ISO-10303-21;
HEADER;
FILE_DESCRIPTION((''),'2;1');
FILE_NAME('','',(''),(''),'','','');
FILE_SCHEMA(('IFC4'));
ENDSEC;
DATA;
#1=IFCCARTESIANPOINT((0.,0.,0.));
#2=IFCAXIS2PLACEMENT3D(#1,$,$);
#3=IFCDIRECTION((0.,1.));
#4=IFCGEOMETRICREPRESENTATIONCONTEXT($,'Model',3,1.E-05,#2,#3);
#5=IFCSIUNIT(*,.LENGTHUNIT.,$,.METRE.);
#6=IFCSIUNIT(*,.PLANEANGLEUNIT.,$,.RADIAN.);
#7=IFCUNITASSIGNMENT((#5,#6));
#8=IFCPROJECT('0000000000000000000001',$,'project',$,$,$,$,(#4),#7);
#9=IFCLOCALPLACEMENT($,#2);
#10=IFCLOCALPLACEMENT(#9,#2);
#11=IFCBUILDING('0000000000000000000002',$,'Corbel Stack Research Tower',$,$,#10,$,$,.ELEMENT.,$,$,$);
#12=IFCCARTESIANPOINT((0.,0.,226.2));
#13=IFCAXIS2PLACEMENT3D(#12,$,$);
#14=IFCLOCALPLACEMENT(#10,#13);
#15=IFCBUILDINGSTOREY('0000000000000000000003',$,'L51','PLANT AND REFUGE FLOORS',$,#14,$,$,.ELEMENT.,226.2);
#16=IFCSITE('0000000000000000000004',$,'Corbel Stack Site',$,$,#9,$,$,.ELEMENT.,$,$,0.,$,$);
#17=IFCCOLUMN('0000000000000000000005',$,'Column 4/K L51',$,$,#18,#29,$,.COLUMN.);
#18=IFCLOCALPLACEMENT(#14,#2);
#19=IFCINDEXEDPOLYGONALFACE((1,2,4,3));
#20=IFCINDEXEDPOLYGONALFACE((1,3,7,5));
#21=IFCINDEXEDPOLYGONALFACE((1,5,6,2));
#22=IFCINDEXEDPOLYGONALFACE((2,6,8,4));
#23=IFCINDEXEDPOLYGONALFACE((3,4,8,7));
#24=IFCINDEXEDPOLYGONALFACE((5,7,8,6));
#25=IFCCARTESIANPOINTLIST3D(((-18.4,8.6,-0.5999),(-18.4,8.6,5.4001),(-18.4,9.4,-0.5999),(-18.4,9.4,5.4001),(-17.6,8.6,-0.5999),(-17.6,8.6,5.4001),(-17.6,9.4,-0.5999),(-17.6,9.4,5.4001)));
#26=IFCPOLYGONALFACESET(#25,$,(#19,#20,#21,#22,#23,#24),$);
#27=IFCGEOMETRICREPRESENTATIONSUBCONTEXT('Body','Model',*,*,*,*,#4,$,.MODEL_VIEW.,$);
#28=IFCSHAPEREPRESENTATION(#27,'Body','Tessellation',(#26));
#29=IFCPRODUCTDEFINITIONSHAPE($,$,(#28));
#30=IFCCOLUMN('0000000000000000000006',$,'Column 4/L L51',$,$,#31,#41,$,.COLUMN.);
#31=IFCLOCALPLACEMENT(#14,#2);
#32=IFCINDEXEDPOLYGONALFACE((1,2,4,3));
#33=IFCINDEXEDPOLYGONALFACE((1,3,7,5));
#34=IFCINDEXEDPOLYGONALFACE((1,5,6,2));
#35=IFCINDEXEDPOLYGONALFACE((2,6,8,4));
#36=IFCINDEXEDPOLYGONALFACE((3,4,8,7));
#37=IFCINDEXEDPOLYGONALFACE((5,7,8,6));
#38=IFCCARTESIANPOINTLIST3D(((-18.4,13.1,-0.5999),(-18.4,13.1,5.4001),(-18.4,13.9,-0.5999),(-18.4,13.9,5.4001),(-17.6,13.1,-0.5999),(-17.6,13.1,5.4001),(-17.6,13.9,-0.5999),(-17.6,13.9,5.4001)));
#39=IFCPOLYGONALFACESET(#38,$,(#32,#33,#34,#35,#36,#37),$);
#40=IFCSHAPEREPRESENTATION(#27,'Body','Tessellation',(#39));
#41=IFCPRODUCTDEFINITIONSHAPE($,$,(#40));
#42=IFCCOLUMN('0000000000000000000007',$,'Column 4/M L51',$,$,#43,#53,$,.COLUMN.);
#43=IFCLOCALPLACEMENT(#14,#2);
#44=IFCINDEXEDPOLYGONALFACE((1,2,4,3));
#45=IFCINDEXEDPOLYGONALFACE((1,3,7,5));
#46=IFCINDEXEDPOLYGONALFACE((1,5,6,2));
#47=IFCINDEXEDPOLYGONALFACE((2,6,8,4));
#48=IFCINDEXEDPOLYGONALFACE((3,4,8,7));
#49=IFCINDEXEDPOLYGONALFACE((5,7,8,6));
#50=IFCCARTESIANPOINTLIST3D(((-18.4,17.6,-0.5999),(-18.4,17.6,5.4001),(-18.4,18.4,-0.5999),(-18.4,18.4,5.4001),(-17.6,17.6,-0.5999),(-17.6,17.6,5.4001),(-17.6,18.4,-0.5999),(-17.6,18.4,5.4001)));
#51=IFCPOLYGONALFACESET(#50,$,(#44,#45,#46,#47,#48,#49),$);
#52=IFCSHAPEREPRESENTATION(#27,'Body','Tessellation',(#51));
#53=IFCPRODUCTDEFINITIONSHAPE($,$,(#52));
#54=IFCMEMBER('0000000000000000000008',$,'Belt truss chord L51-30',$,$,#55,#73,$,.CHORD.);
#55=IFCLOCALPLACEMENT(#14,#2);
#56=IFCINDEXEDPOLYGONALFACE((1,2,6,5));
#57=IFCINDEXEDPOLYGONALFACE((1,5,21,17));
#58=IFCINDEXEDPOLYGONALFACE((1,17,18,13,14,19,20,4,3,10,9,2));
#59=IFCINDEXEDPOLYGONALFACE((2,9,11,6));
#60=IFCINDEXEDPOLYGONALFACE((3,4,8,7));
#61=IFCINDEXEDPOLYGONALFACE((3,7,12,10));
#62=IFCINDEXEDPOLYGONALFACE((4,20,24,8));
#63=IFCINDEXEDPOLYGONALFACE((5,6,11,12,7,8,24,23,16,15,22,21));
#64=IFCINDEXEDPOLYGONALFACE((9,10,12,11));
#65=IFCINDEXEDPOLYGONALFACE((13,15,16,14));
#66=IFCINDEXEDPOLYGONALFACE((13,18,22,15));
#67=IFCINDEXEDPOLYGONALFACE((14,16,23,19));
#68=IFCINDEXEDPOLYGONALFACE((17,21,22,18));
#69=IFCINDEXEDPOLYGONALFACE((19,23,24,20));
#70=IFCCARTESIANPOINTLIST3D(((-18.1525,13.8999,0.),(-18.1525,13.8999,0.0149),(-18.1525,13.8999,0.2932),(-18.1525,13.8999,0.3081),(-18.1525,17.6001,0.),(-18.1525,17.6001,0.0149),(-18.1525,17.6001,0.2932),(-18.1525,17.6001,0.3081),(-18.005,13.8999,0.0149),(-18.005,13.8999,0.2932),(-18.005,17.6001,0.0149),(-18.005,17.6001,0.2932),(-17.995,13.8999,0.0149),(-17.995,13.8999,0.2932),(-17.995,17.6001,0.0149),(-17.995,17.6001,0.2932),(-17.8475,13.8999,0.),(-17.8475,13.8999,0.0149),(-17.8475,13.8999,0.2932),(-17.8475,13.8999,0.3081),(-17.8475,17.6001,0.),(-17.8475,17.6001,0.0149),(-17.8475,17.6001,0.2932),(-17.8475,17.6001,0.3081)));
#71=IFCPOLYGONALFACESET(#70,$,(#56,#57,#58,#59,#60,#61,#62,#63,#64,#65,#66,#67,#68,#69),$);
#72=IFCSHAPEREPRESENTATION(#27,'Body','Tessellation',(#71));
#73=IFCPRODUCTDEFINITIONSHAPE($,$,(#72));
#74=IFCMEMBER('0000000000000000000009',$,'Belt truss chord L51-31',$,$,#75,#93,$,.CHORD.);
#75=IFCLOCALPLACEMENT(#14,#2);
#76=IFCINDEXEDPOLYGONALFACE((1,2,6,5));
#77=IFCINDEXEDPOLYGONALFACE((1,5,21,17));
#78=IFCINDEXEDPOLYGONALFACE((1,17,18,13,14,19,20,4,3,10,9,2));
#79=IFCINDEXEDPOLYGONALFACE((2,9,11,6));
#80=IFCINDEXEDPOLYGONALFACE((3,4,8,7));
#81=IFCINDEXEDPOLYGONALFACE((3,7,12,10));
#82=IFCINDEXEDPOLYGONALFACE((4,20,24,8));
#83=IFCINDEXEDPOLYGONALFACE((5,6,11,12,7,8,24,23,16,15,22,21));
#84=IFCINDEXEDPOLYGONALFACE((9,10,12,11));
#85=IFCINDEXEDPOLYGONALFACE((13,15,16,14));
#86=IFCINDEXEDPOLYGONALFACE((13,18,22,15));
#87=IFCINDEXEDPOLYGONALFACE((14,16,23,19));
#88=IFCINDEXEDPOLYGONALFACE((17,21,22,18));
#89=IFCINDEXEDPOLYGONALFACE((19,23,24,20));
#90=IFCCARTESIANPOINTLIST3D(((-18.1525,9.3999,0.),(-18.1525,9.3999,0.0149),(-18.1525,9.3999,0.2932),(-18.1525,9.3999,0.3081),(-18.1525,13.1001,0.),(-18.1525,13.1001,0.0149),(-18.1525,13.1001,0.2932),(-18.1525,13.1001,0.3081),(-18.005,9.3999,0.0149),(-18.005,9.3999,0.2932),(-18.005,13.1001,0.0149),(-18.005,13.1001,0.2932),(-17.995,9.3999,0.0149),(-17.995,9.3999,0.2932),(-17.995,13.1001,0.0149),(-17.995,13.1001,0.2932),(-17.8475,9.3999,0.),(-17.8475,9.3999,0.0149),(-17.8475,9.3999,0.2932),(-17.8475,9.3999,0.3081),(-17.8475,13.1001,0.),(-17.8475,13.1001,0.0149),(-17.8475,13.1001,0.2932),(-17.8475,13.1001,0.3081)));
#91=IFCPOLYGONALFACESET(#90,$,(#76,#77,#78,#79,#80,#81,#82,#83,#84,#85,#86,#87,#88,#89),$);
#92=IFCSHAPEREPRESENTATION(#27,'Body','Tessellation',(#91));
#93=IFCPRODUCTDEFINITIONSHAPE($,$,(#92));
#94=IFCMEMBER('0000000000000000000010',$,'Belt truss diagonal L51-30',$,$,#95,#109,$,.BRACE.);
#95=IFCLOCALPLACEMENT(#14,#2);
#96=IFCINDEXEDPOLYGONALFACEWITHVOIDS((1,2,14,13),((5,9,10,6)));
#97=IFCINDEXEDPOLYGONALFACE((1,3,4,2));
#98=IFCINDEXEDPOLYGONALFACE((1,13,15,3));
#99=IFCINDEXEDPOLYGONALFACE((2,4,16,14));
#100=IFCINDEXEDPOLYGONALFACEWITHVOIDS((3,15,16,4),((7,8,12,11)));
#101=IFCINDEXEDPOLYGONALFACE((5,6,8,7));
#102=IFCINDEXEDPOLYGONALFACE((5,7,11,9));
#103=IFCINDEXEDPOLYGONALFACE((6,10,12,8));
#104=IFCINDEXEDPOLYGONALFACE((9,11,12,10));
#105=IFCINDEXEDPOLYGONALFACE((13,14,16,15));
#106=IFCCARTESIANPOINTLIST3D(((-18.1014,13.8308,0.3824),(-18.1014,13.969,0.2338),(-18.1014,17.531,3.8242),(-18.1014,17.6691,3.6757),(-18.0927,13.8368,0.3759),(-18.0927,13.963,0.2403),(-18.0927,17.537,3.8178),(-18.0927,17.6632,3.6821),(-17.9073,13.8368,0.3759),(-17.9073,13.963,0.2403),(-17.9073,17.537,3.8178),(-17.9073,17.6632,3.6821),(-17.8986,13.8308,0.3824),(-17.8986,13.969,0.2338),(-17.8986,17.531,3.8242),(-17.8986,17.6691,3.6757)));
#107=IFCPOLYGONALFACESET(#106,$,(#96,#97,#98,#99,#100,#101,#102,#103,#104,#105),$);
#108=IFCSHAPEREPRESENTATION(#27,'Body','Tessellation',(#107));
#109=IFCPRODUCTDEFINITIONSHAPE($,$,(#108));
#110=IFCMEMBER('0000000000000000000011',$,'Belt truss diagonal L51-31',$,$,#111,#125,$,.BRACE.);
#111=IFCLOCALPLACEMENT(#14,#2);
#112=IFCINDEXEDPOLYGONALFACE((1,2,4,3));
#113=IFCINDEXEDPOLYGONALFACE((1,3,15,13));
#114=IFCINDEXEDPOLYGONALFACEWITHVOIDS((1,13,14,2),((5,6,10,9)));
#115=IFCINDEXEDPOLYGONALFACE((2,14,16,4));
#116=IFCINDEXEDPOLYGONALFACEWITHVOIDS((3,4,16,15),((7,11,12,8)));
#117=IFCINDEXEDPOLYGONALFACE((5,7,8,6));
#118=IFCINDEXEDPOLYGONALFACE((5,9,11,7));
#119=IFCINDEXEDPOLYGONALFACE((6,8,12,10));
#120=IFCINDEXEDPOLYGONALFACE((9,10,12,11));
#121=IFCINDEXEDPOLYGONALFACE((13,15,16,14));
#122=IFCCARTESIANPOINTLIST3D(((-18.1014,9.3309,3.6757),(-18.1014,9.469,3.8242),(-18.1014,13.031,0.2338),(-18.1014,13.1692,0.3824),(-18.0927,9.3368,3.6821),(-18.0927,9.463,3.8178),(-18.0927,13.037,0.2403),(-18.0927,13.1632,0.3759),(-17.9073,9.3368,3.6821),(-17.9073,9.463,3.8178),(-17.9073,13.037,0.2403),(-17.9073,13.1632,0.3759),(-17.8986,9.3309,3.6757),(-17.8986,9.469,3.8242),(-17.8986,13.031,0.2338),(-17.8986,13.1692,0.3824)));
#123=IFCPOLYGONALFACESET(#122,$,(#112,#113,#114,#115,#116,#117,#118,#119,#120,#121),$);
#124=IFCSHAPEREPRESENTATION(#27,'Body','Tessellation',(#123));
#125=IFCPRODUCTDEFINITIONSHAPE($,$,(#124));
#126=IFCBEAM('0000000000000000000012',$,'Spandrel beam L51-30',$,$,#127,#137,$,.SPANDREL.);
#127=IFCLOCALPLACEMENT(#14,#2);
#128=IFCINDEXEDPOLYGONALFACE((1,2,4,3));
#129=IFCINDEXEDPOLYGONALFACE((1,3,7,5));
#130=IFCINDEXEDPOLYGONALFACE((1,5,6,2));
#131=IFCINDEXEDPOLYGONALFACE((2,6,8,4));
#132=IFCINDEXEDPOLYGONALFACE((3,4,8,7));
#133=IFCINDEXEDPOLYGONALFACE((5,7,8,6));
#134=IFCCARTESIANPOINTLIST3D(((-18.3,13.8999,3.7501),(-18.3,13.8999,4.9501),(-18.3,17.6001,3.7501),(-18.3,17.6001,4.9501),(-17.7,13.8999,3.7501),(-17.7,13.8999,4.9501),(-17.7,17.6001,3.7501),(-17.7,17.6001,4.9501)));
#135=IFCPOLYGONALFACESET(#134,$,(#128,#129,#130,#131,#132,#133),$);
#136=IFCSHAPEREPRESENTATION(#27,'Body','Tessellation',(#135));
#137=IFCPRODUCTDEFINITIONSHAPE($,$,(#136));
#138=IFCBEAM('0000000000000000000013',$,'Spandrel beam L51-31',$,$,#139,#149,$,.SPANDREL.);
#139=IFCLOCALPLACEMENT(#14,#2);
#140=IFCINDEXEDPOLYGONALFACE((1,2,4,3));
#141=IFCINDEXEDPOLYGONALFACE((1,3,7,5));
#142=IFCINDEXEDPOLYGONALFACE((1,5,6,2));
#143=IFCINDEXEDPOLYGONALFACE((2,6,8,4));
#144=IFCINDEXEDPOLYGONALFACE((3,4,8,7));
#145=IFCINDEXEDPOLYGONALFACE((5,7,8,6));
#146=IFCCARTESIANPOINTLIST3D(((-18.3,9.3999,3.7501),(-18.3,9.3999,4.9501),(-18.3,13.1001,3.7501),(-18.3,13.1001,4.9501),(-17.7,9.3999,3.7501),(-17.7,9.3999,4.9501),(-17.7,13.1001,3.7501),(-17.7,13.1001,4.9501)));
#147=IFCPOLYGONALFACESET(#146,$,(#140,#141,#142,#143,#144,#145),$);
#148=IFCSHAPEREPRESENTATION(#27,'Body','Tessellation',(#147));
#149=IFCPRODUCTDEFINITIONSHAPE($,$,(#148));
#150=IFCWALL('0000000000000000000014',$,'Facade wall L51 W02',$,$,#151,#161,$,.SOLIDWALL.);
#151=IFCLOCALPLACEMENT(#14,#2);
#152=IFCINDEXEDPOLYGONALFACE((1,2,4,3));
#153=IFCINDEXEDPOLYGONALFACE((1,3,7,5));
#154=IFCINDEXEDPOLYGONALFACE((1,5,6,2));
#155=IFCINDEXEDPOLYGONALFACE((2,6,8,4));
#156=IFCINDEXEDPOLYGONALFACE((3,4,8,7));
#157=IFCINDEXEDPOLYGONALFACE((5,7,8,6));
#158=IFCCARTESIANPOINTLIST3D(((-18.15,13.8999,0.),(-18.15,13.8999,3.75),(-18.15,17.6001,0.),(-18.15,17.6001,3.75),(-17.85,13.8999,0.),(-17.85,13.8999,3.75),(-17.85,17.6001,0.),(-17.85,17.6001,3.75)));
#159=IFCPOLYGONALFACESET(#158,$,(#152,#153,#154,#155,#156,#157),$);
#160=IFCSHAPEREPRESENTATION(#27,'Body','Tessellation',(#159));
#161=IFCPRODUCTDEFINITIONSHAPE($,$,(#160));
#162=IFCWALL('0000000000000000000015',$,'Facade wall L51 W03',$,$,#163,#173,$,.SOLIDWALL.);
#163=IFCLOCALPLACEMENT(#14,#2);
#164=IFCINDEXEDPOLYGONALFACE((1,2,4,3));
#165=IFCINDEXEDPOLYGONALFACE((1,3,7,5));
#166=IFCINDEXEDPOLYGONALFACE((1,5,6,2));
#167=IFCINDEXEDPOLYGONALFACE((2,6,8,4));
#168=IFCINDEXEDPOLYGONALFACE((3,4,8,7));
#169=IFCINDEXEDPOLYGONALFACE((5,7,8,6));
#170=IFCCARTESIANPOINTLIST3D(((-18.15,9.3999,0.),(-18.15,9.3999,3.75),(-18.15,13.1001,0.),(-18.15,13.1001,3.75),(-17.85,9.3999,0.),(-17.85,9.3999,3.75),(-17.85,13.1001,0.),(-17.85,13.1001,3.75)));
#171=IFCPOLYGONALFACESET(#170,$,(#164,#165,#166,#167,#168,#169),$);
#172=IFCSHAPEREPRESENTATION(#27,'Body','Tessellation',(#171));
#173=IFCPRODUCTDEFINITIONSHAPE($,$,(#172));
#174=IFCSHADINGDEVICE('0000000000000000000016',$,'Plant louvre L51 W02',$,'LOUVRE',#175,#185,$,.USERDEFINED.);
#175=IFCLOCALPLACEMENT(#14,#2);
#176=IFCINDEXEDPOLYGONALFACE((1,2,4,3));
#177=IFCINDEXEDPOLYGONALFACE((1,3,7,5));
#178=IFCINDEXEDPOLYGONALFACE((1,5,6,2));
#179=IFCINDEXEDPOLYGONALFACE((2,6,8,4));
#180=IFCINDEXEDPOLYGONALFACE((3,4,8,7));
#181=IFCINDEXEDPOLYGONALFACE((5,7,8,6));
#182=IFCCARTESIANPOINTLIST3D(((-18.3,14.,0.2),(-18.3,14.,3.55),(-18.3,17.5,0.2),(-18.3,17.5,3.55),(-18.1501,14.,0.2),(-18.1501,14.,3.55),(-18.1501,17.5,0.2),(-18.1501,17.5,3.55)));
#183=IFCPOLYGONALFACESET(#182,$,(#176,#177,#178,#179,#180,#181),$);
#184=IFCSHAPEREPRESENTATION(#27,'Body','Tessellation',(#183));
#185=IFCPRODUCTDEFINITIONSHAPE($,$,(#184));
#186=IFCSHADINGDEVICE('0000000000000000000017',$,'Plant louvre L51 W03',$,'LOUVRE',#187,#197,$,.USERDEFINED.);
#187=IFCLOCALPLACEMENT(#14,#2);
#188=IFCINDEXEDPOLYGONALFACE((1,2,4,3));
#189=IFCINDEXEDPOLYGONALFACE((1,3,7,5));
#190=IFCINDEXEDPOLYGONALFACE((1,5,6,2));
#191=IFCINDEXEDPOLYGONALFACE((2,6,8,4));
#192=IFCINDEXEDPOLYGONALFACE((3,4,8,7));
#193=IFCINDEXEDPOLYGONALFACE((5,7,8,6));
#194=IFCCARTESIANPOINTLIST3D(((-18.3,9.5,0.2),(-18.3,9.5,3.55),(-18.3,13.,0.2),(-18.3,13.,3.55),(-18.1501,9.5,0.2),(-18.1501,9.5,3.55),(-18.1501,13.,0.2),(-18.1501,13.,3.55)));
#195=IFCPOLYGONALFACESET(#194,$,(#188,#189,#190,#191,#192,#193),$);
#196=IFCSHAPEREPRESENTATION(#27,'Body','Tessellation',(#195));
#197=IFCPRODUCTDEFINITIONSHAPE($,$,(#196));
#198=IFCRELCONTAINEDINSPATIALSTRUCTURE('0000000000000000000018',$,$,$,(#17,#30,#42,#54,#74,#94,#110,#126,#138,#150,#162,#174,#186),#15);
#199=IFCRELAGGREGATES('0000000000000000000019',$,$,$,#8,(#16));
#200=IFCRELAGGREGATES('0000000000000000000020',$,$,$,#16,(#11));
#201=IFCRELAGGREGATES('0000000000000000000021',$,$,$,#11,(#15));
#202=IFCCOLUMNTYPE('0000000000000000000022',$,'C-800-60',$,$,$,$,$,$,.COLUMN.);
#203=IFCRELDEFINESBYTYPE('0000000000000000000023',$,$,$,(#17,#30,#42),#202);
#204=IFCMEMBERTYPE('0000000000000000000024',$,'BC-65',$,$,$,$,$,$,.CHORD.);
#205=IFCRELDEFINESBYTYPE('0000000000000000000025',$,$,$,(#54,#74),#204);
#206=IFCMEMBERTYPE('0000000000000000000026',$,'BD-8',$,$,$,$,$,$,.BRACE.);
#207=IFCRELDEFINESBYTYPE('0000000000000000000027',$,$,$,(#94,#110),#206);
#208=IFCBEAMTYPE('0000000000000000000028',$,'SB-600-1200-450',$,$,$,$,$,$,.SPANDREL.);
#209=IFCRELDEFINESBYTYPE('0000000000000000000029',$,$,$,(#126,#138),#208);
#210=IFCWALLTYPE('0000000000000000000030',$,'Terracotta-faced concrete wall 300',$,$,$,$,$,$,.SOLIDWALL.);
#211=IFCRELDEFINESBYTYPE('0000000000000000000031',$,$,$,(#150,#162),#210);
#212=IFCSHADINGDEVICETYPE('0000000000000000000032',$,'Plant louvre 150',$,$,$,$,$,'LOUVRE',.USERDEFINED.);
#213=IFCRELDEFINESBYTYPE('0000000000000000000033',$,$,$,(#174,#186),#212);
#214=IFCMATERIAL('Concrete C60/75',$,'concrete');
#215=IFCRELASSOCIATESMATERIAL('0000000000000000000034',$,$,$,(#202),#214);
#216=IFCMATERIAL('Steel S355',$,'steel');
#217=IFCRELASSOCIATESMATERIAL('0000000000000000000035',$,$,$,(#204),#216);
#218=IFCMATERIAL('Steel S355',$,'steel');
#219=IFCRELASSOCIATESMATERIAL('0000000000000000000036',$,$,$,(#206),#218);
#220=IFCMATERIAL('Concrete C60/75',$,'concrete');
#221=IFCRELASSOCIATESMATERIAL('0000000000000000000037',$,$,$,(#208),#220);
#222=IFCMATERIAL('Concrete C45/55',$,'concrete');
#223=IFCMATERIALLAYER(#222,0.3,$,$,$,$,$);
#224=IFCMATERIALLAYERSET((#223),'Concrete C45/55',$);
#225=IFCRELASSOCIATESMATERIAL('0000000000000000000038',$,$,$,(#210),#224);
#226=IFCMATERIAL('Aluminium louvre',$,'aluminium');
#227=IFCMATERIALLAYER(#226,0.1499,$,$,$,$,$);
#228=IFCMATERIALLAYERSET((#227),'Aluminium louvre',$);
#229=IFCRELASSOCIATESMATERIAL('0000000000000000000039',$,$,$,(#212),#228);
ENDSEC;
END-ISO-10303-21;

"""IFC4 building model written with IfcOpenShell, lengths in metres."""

from ifc_helpers import new_model, si_unit, direction, frame, frame_2d, origin, origin_2d, place, context, subcontext, project, spatial, rectangle, hollow_rectangle, i_section, extrude, material, layer, layer_set, material_profile, profile_set, type_object, element, save


model = new_model("IFC4")

# Units and contexts
model_context = context("Model", 3, precision=1e-05, world=origin(), true_north=direction((0.0, 1.0)))
body_context = subcontext(model_context, "Body", "Model", "MODEL_VIEW")
ifc_project = project(units=[si_unit("LENGTHUNIT", "METRE"), si_unit("PLANEANGLEUNIT", "RADIAN")], contexts=[model_context])

# Site, building, storey
site_placement = place(None, origin())
site = spatial("IfcSite", under=ifc_project, at=site_placement, Name="Corbel Stack Site", CompositionType="ELEMENT", RefElevation=0.0)
building_placement = place(site_placement, origin())
building = spatial("IfcBuilding", under=site, at=building_placement, Name="Corbel Stack Research Tower", CompositionType="ELEMENT")
storey_placement = place(building_placement, frame((0.0, 0.0, 226.2)))
storey = spatial("IfcBuildingStorey", under=building, at=storey_placement, Name="L51", Description="PLANT AND REFUGE FLOORS", CompositionType="ELEMENT", Elevation=226.2)

# Columns
ifc_material_1 = material(Name="Concrete C60/75", Category="concrete")
ifc_material_profile_1 = material_profile(ifc_material_1, rectangle(XDim=0.8, YDim=0.8, at=origin_2d()), Name="RC 800 x 800")
ifc_profile_set_1 = profile_set([ifc_material_profile_1], Name="Concrete C60/75")
column_type = type_object("IfcColumnType", Name="C-800-60", PredefinedType="COLUMN", material=ifc_profile_set_1)
for number, where, z_axis, x_axis, name in (
    (1, (-18.0, 9.0, -0.5999), (0.0, 0.0, 1.0), (1.0, 0.0, 0.0), "Column 4/K L51"),
    (2, (-18.0, 13.5, -0.5999), (0.0, 0.0, 1.0), (1.0, 0.0, 0.0), "Column 4/L L51"),
    (3, (-18.0, 18.0, -0.5999), (0.0, 0.0, 1.0), (1.0, 0.0, 0.0), "Column 4/M L51"),
):
    element("IfcColumn", number, at=place(storey_placement, frame(where, z_axis=z_axis, x_axis=x_axis)), inside=storey, type_object=column_type, Name=name, PredefinedType="COLUMN", context=body_context, shape_type="SweptSolid", body=[
        extrude(rectangle(XDim=0.8, YDim=0.8, at=origin_2d()), origin(), (0.0, 0.0, 1.0), 6.0),
    ])

# Members
ifc_material_2 = material(Name="Steel S355", Category="steel")
ifc_material_profile_2 = material_profile(ifc_material_2, i_section(OverallWidth=0.3049, OverallDepth=0.3081, WebThickness=0.01, FlangeThickness=0.0149, at=origin_2d()), Name="W12x65")
ifc_profile_set_2 = profile_set([ifc_material_profile_2], Name="Steel S355")
member_type_1 = type_object("IfcMemberType", Name="BC-65", PredefinedType="CHORD", material=ifc_profile_set_2)
for number, where, z_axis, x_axis, name in (
    (4, (-18.0, 17.6001, 0.1541), (0.0, -1.0, 0.0), (1.0, 0.0, 0.0), "Belt truss chord L51-30"),
    (5, (-18.0, 13.1001, 0.1541), (0.0, -1.0, 0.0), (1.0, 0.0, 0.0), "Belt truss chord L51-31"),
):
    element("IfcMember", number, at=place(storey_placement, frame(where, z_axis=z_axis, x_axis=x_axis)), inside=storey, type_object=member_type_1, Name=name, PredefinedType="CHORD", context=body_context, shape_type="SweptSolid", body=[
        extrude(i_section(OverallWidth=0.3049, OverallDepth=0.3081, WebThickness=0.01, FlangeThickness=0.0149, at=origin_2d()), origin(), (0.0, 0.0, 1.0), 3.7002),
    ])
ifc_material_3 = material(Name="Steel S355", Category="steel")
ifc_material_profile_3 = material_profile(ifc_material_3, hollow_rectangle(XDim=0.2029, YDim=0.2029, WallThickness=0.0088, at=origin_2d()), Name="HSS8x8x3/8")
ifc_profile_set_3 = profile_set([ifc_material_profile_3], Name="Steel S355")
member_type_2 = type_object("IfcMemberType", Name="BD-8", PredefinedType="BRACE", material=ifc_profile_set_3)
for number, where, z_axis, x_axis, name in (
    (6, (-18.0, 13.8999, 0.3081), (0.0, 0.732201, 0.681088), (-1.0, 0.0, 0.0), "Belt truss diagonal L51-30"),
    (7, (-18.0, 13.1001, 0.3081), (0.0, -0.732201, 0.681088), (1.0, 0.0, 0.0), "Belt truss diagonal L51-31"),
):
    element("IfcMember", number, at=place(storey_placement, frame(where, z_axis=z_axis, x_axis=x_axis)), inside=storey, type_object=member_type_2, Name=name, PredefinedType="BRACE", context=body_context, shape_type="SweptSolid", body=[
        extrude(hollow_rectangle(XDim=0.2029, YDim=0.2029, WallThickness=0.0088, at=origin_2d()), origin(), (0.0, 0.0, 1.0), 5.0535),
    ])

# Beams
ifc_material_4 = material(Name="Concrete C60/75", Category="concrete")
ifc_material_profile_4 = material_profile(ifc_material_4, rectangle(XDim=0.6001, YDim=1.2, at=origin_2d()), Name="RC 600 x 1200")
ifc_profile_set_4 = profile_set([ifc_material_profile_4], Name="Concrete C60/75")
beam_type = type_object("IfcBeamType", Name="SB-600-1200-450", PredefinedType="SPANDREL", material=ifc_profile_set_4)
for number, where, z_axis, x_axis, name in (
    (8, (-18.0, 17.6001, 4.3501), (0.0, -1.0, 0.0), (1.0, 0.0, 0.0), "Spandrel beam L51-30"),
    (9, (-18.0, 13.1001, 4.3501), (0.0, -1.0, 0.0), (1.0, 0.0, 0.0), "Spandrel beam L51-31"),
):
    element("IfcBeam", number, at=place(storey_placement, frame(where, z_axis=z_axis, x_axis=x_axis)), inside=storey, type_object=beam_type, Name=name, PredefinedType="SPANDREL", context=body_context, shape_type="SweptSolid", body=[
        extrude(rectangle(XDim=0.6001, YDim=1.2, at=origin_2d()), origin(), (0.0, 0.0, 1.0), 3.7002),
    ])

# Walls
ifc_material_5 = material(Name="Concrete C45/55", Category="concrete")
ifc_layer_1 = layer(ifc_material_5, 0.3)
ifc_layer_set_1 = layer_set([ifc_layer_1], Name="Concrete C45/55")
wall_type = type_object("IfcWallType", Name="Terracotta-faced concrete wall 300", PredefinedType="SOLIDWALL", material=ifc_layer_set_1)
for number, where, z_axis, x_axis, name in (
    (10, (-18.0, 13.8999, 0.0), (0.0, 0.0, 1.0), (0.0, 1.0, 0.0), "Facade wall L51 W02"),
    (11, (-18.0, 9.3999, 0.0), (0.0, 0.0, 1.0), (0.0, 1.0, 0.0), "Facade wall L51 W03"),
):
    element("IfcWall", number, at=place(storey_placement, frame(where, z_axis=z_axis, x_axis=x_axis)), inside=storey, type_object=wall_type, Name=name, PredefinedType="SOLIDWALL", context=body_context, shape_type="SweptSolid", body=[
        extrude(rectangle(XDim=3.7002, YDim=0.3, at=frame_2d((1.8501, 0.0))), origin(), (0.0, 0.0, 1.0), 3.75),
    ])

# Shading devices
ifc_material_6 = material(Name="Aluminium louvre", Category="aluminium")
ifc_layer_2 = layer(ifc_material_6, 0.1499)
ifc_layer_set_2 = layer_set([ifc_layer_2], Name="Aluminium louvre")
shading_device_type = type_object("IfcShadingDeviceType", Name="Plant louvre 150", ElementType="LOUVRE", PredefinedType="USERDEFINED", material=ifc_layer_set_2)
for number, where, z_axis, x_axis, name in (
    (12, (-18.2251, 15.75, 0.2), (0.0, 0.0, 1.0), (0.0, -1.0, 0.0), "Plant louvre L51 W02"),
    (13, (-18.2251, 11.25, 0.2), (0.0, 0.0, 1.0), (0.0, -1.0, 0.0), "Plant louvre L51 W03"),
):
    element("IfcShadingDevice", number, at=place(storey_placement, frame(where, z_axis=z_axis, x_axis=x_axis)), inside=storey, type_object=shading_device_type, Name=name, ObjectType="LOUVRE", PredefinedType="USERDEFINED", context=body_context, shape_type="SweptSolid", body=[
        extrude(rectangle(XDim=3.5, YDim=0.1499, at=origin_2d()), origin(), (0.0, 0.0, 1.0), 3.3501),
    ])

save(model, "model.ifc")
